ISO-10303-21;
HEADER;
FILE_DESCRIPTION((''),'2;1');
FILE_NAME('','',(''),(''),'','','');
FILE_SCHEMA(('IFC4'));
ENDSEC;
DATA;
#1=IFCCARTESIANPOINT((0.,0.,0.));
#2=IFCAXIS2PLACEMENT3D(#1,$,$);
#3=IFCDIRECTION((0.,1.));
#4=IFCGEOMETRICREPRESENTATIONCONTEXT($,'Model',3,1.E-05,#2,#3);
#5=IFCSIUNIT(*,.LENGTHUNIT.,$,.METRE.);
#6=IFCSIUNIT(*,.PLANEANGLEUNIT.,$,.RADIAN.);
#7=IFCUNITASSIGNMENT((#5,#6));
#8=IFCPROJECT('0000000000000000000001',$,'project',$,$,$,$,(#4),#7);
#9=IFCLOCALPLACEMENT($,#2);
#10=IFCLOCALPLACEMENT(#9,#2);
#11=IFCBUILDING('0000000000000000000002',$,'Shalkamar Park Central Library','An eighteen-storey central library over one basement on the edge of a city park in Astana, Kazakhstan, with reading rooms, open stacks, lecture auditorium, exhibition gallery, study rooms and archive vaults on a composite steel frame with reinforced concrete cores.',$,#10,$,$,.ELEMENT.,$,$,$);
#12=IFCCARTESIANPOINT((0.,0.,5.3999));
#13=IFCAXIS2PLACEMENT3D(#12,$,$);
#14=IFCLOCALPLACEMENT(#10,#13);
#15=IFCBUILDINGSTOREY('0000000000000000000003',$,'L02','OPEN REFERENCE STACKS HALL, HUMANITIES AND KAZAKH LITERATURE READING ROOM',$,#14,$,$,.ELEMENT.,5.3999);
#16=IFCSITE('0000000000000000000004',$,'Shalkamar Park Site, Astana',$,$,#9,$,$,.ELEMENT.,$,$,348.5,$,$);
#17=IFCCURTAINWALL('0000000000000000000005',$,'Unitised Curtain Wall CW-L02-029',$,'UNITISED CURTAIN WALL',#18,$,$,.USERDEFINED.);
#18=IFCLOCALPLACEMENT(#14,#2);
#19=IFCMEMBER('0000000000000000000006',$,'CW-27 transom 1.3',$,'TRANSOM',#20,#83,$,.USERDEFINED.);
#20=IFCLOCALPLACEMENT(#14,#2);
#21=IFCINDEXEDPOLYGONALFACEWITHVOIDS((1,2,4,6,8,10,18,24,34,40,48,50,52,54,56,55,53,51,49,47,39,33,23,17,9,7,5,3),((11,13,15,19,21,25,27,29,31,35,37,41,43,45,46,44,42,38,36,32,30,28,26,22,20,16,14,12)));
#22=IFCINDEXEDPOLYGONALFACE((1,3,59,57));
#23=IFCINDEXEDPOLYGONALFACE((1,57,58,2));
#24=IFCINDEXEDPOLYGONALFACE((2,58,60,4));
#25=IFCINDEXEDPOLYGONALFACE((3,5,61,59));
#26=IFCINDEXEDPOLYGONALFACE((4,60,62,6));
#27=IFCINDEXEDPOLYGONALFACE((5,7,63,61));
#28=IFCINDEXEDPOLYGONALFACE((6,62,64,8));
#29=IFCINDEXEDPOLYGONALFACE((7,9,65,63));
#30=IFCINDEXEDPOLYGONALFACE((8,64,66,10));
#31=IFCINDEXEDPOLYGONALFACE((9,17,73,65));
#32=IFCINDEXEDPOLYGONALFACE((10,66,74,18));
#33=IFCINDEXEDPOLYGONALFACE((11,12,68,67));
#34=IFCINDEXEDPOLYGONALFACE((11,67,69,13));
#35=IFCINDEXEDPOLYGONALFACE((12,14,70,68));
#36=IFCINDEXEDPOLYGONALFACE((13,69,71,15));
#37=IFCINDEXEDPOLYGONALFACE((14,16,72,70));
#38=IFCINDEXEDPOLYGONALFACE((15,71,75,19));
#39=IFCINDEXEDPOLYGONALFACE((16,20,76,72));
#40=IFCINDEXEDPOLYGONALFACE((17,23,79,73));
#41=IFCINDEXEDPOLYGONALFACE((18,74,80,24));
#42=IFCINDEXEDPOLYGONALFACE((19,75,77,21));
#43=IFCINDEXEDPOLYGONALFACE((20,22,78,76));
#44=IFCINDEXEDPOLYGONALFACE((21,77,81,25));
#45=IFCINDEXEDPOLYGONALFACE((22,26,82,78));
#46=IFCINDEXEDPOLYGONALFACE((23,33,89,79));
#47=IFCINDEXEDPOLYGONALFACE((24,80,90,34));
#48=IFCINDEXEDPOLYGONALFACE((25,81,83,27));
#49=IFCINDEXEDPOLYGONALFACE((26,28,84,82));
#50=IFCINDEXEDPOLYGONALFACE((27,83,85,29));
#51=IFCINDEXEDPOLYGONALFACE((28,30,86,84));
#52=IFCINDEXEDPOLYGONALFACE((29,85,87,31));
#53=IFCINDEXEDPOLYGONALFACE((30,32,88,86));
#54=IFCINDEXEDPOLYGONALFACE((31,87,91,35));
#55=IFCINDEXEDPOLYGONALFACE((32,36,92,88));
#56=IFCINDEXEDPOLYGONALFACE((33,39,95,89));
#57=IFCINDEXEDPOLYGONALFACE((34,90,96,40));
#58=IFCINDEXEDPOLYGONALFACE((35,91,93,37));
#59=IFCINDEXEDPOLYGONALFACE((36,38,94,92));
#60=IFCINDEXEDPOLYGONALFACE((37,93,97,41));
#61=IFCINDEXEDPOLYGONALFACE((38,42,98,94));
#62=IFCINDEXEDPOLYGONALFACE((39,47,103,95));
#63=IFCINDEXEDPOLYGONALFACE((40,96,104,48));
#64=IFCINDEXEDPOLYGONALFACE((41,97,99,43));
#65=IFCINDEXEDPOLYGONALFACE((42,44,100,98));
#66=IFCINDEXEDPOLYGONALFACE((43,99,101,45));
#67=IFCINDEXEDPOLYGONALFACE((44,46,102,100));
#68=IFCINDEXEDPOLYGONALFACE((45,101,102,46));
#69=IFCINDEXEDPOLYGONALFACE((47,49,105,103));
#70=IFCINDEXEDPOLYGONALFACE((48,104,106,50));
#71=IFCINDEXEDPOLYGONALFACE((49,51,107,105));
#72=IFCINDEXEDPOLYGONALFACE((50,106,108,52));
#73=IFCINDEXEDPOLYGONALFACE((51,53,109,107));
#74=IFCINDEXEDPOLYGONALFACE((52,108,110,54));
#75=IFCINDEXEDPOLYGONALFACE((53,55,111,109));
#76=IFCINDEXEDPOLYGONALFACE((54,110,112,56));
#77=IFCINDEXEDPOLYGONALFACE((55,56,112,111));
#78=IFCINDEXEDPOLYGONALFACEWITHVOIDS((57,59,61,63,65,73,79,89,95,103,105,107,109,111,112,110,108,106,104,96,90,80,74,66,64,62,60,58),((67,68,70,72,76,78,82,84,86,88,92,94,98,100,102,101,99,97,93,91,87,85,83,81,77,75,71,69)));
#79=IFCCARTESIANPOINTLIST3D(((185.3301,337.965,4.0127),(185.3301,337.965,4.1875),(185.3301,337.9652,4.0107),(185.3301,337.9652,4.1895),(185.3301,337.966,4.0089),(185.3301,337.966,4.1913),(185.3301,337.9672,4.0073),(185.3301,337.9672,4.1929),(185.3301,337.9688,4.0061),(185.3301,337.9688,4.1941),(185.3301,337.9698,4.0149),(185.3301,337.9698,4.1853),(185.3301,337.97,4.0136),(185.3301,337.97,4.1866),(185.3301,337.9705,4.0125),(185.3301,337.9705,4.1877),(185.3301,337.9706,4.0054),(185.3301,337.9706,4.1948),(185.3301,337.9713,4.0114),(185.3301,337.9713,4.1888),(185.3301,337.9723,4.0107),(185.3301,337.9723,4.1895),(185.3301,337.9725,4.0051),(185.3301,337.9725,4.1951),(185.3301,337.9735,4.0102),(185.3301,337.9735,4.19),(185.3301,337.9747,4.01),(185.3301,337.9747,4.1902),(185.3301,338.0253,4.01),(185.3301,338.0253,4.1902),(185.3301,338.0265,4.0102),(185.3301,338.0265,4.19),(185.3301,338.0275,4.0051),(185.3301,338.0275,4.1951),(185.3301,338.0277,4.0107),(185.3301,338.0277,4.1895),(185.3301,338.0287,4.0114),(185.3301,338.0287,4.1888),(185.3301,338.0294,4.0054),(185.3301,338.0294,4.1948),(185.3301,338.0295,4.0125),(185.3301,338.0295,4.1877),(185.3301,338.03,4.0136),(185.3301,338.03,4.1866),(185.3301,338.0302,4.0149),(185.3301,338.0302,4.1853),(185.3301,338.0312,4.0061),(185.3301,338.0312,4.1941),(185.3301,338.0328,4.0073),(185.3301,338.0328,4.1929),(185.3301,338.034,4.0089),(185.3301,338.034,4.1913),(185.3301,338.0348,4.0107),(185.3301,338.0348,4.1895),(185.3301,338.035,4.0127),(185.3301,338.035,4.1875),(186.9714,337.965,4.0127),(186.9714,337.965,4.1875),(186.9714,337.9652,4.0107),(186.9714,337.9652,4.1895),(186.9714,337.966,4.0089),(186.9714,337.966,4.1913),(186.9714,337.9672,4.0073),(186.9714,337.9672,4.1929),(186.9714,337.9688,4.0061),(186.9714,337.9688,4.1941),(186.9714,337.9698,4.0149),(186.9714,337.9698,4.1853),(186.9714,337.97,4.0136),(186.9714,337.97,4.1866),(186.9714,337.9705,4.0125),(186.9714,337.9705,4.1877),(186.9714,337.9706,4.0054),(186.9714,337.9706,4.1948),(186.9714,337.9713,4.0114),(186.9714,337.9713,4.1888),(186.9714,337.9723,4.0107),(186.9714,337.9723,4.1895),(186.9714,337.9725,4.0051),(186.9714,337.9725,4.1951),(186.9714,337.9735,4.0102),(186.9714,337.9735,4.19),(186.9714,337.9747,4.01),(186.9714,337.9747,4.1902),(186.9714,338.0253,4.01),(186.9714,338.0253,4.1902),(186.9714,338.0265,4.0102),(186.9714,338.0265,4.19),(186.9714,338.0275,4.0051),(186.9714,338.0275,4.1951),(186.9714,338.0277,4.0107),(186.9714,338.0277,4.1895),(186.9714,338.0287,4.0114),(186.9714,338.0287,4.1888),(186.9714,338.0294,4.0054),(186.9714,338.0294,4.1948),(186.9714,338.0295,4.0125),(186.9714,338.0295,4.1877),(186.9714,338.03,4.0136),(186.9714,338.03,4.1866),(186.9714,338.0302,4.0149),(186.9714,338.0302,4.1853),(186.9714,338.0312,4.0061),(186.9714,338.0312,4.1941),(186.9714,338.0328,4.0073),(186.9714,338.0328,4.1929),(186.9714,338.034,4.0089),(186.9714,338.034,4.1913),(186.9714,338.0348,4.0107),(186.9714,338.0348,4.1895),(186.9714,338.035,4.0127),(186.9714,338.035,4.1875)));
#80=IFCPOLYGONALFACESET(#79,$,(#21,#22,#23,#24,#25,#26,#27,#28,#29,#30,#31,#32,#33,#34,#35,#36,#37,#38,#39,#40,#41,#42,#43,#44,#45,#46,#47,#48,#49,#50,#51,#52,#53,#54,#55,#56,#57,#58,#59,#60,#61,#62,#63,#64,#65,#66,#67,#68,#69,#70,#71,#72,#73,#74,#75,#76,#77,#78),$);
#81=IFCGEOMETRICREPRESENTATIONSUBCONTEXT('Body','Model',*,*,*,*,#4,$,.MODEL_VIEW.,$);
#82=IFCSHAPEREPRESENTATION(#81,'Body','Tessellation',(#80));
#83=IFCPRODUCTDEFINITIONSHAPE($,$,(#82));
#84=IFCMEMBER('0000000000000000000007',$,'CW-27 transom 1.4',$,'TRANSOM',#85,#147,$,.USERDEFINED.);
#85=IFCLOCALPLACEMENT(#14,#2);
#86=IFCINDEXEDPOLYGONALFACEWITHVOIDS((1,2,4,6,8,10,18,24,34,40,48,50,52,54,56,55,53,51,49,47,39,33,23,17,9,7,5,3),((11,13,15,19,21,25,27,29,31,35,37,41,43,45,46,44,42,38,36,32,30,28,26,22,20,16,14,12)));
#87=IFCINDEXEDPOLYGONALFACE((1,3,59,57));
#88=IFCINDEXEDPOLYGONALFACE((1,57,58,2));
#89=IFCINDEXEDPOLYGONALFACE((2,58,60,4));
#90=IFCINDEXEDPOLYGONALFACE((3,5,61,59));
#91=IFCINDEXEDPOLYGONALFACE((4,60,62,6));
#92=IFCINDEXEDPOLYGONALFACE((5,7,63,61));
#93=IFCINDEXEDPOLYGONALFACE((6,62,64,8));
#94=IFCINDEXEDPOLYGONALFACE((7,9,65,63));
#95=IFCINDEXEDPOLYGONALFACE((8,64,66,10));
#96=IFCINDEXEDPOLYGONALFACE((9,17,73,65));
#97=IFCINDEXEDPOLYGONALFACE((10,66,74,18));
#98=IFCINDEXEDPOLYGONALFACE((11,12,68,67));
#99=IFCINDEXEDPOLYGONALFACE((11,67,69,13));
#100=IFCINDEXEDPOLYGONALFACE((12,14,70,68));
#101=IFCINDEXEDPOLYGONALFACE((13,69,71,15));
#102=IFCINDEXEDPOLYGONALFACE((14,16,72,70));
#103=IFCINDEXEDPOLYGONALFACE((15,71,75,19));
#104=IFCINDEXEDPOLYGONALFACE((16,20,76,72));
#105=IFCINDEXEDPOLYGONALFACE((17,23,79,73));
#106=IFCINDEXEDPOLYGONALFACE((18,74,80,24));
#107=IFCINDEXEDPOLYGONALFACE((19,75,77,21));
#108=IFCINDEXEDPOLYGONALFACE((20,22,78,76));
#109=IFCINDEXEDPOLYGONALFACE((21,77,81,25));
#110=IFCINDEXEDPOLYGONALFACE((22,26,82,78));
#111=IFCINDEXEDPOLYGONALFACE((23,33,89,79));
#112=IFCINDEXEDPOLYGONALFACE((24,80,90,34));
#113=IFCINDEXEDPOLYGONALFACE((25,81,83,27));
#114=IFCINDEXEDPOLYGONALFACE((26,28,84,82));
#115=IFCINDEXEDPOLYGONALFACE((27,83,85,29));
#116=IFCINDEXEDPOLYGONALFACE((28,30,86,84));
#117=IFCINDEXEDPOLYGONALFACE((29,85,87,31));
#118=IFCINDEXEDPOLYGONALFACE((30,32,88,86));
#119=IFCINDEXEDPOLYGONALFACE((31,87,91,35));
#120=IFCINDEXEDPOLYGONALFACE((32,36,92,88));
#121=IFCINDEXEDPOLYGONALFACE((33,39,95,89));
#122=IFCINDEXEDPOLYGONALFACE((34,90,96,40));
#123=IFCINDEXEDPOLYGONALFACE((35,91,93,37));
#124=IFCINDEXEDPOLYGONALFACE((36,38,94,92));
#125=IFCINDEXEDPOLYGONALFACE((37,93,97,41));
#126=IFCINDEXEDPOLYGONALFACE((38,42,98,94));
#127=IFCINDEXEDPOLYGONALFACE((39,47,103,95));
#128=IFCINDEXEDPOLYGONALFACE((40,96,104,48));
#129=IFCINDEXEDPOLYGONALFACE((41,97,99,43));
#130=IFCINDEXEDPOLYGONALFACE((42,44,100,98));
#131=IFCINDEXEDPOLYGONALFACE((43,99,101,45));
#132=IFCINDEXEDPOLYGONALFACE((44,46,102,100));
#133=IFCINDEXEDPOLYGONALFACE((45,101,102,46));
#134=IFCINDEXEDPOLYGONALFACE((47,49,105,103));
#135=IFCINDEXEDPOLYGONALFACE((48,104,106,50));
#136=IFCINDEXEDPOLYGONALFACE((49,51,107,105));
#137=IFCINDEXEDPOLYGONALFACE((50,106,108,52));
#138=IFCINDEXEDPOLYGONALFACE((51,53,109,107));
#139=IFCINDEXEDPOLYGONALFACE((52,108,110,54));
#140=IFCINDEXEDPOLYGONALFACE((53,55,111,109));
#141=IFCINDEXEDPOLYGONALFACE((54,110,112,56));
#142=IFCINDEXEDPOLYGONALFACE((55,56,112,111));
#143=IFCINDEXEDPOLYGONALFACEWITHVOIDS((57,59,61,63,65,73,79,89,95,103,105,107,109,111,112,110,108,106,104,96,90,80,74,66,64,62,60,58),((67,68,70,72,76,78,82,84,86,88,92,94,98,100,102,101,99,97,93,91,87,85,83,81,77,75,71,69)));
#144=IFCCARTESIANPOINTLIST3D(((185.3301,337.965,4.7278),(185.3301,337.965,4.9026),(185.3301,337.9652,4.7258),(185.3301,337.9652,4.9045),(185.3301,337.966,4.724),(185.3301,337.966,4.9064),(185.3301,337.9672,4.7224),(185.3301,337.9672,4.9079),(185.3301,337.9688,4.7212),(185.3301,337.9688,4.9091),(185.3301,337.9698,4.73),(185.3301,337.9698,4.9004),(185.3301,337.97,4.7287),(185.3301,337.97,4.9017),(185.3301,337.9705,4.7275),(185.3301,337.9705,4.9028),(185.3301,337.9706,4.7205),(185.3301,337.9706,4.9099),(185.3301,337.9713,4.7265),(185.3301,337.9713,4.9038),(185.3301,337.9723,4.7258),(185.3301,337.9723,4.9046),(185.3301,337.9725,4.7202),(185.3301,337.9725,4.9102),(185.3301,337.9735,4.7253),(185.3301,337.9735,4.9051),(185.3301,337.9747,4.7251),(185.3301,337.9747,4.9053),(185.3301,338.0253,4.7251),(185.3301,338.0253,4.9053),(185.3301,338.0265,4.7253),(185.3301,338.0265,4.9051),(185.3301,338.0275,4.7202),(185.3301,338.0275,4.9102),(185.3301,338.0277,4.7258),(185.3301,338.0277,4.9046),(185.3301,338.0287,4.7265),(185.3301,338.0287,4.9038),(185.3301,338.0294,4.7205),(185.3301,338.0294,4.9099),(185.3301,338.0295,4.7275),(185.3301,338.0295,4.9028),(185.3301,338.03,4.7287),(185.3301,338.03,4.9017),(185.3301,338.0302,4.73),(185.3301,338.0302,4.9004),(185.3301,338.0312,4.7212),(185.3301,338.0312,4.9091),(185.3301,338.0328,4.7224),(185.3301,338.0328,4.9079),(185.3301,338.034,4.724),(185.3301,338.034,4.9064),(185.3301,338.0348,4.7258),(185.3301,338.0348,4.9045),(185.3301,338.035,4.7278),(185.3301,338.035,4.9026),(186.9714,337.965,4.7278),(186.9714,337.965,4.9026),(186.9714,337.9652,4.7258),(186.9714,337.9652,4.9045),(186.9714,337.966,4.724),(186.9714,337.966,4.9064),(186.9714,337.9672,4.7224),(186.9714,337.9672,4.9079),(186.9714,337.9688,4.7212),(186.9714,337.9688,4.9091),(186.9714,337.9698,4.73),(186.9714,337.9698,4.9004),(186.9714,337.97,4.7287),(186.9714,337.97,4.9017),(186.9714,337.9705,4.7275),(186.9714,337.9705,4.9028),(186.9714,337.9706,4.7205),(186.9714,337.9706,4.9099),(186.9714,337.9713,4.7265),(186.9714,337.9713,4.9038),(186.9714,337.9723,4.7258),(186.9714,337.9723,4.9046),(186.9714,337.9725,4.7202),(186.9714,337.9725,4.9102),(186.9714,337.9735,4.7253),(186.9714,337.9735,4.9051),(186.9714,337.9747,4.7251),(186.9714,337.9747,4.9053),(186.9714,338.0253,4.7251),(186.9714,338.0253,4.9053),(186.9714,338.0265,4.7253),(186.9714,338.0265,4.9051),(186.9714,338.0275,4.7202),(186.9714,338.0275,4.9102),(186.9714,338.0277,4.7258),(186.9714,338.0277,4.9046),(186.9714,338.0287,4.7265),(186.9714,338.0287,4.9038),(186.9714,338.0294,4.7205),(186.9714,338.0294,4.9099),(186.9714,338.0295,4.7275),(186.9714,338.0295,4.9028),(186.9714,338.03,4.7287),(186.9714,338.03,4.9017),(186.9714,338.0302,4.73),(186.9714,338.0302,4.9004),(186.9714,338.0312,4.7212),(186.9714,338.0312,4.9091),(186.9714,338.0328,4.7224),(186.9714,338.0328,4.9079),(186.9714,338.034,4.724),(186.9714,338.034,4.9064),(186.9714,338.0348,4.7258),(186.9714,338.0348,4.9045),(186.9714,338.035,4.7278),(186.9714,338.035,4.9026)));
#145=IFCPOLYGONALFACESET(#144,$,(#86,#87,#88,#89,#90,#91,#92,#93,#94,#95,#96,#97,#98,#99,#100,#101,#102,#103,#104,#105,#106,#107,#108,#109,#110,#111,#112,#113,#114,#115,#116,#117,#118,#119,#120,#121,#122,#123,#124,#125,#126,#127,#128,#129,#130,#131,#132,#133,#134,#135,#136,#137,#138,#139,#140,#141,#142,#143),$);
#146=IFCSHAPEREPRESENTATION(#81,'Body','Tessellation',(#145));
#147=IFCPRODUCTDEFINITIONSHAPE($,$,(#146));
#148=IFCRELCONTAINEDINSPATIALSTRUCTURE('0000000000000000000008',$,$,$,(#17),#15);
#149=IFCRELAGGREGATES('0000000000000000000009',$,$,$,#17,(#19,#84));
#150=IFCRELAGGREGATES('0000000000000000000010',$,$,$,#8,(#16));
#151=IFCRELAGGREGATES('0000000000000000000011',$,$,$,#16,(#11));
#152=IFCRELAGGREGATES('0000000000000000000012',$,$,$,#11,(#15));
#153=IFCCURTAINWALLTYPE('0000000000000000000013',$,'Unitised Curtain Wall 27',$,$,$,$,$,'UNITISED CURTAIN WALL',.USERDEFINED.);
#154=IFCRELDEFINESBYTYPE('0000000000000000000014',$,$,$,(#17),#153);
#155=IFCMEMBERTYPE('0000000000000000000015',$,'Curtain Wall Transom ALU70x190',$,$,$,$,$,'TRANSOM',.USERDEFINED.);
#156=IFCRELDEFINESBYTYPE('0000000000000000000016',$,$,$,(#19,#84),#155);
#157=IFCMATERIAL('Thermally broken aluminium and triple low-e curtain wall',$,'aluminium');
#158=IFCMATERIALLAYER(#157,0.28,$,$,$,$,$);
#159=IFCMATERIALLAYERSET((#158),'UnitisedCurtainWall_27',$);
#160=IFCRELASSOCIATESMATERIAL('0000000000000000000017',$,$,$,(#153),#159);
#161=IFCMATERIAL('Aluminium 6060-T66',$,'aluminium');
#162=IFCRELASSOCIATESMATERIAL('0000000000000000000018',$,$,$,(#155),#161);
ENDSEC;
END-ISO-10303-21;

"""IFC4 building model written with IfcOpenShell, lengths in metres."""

from ifc_helpers import new_model, si_unit, direction, frame, origin, origin_2d, place, context, subcontext, project, spatial, hollow_rectangle, extrude, material, layer, layer_set, material_profile, profile_set, type_object, element, aggregate, save


model = new_model("IFC4")

# Units and contexts
model_context = context("Model", 3, precision=1e-05, world=origin(), true_north=direction((0.0, 1.0)))
body_context = subcontext(model_context, "Body", "Model", "MODEL_VIEW")
ifc_project = project(units=[si_unit("LENGTHUNIT", "METRE"), si_unit("PLANEANGLEUNIT", "RADIAN")], contexts=[model_context])

# Site, building, storey
site_placement = place(None, origin())
site = spatial("IfcSite", under=ifc_project, at=site_placement, Name="Shalkamar Park Site, Astana", CompositionType="ELEMENT", RefElevation=348.5)
building_placement = place(site_placement, origin())
building = spatial("IfcBuilding", under=site, at=building_placement, Name="Shalkamar Park Central Library", Description="An eighteen-storey central library over one basement on the edge of a city park in Astana, Kazakhstan, with reading rooms, open stacks, lecture auditorium, exhibition gallery, study rooms and archive vaults on a composite steel frame with reinforced concrete cores.", CompositionType="ELEMENT")
storey_placement = place(building_placement, frame((0.0, 0.0, 5.3999)))
storey = spatial("IfcBuildingStorey", under=building, at=storey_placement, Name="L02", Description="OPEN REFERENCE STACKS HALL, HUMANITIES AND KAZAKH LITERATURE READING ROOM", CompositionType="ELEMENT", Elevation=5.3999)

# Shared definitions
ifc_material_1 = material(Name="Thermally broken aluminium and triple low-e curtain wall", Category="aluminium")
ifc_material_2 = material(Name="Aluminium 6060-T66", Category="aluminium")

# Curtain wall
ifc_layer_1 = layer(ifc_material_1, 0.28)
ifc_layer_set_1 = layer_set([ifc_layer_1], Name="UnitisedCurtainWall_27")
curtain_wall_type_1 = type_object("IfcCurtainWallType", Name="Unitised Curtain Wall 27", ElementType="UNITISED CURTAIN WALL", PredefinedType="USERDEFINED", material=ifc_layer_set_1)
curtain_wall_1_placement = place(storey_placement, origin())
curtain_wall_1 = element("IfcCurtainWall", 1, at=curtain_wall_1_placement, inside=storey, type_object=curtain_wall_type_1, Name="Unitised Curtain Wall CW-L02-029", ObjectType="UNITISED CURTAIN WALL", PredefinedType="USERDEFINED")

# Members
ifc_material_profile_1 = material_profile(ifc_material_2, hollow_rectangle(XDim=0.0701, YDim=0.1899, WallThickness=0.0049, InnerFilletRadius=0.0049, OuterFilletRadius=0.0076, at=origin_2d()), Name="ALU 70x190x5")
ifc_profile_set_1 = profile_set([ifc_material_profile_1], Name="Aluminium 6060-T66")
member_type_1 = type_object("IfcMemberType", Name="Curtain Wall Transom ALU70x190", ElementType="TRANSOM", PredefinedType="USERDEFINED", material=ifc_profile_set_1)
member_1_placement = place(storey_placement, frame((185.3301, 338.0, 4.1001), z_axis=(1.0, 0.0, 0.0), x_axis=(0.0, 1.0, 0.0)))
member_1 = element("IfcMember", 2, at=member_1_placement, type_object=member_type_1, Name="CW-27 transom 1.3", ObjectType="TRANSOM", PredefinedType="USERDEFINED", context=body_context, shape_type="SweptSolid", body=[
    extrude(hollow_rectangle(XDim=0.0701, YDim=0.1899, WallThickness=0.0049, InnerFilletRadius=0.0049, OuterFilletRadius=0.0076, at=origin_2d()), origin(), (0.0, 0.0, 1.0), 1.6414),
])
member_2_placement = place(storey_placement, frame((185.3301, 338.0, 4.8152), z_axis=(1.0, 0.0, 0.0), x_axis=(0.0, 1.0, 0.0)))
member_2 = element("IfcMember", 3, at=member_2_placement, type_object=member_type_1, Name="CW-27 transom 1.4", ObjectType="TRANSOM", PredefinedType="USERDEFINED", context=body_context, shape_type="SweptSolid", body=[
    extrude(hollow_rectangle(XDim=0.0701, YDim=0.1899, WallThickness=0.0049, InnerFilletRadius=0.0049, OuterFilletRadius=0.0076, at=origin_2d()), origin(), (0.0, 0.0, 1.0), 1.6414),
])

aggregate(curtain_wall_1, [member_1, member_2])

save(model, "model.ifc")
